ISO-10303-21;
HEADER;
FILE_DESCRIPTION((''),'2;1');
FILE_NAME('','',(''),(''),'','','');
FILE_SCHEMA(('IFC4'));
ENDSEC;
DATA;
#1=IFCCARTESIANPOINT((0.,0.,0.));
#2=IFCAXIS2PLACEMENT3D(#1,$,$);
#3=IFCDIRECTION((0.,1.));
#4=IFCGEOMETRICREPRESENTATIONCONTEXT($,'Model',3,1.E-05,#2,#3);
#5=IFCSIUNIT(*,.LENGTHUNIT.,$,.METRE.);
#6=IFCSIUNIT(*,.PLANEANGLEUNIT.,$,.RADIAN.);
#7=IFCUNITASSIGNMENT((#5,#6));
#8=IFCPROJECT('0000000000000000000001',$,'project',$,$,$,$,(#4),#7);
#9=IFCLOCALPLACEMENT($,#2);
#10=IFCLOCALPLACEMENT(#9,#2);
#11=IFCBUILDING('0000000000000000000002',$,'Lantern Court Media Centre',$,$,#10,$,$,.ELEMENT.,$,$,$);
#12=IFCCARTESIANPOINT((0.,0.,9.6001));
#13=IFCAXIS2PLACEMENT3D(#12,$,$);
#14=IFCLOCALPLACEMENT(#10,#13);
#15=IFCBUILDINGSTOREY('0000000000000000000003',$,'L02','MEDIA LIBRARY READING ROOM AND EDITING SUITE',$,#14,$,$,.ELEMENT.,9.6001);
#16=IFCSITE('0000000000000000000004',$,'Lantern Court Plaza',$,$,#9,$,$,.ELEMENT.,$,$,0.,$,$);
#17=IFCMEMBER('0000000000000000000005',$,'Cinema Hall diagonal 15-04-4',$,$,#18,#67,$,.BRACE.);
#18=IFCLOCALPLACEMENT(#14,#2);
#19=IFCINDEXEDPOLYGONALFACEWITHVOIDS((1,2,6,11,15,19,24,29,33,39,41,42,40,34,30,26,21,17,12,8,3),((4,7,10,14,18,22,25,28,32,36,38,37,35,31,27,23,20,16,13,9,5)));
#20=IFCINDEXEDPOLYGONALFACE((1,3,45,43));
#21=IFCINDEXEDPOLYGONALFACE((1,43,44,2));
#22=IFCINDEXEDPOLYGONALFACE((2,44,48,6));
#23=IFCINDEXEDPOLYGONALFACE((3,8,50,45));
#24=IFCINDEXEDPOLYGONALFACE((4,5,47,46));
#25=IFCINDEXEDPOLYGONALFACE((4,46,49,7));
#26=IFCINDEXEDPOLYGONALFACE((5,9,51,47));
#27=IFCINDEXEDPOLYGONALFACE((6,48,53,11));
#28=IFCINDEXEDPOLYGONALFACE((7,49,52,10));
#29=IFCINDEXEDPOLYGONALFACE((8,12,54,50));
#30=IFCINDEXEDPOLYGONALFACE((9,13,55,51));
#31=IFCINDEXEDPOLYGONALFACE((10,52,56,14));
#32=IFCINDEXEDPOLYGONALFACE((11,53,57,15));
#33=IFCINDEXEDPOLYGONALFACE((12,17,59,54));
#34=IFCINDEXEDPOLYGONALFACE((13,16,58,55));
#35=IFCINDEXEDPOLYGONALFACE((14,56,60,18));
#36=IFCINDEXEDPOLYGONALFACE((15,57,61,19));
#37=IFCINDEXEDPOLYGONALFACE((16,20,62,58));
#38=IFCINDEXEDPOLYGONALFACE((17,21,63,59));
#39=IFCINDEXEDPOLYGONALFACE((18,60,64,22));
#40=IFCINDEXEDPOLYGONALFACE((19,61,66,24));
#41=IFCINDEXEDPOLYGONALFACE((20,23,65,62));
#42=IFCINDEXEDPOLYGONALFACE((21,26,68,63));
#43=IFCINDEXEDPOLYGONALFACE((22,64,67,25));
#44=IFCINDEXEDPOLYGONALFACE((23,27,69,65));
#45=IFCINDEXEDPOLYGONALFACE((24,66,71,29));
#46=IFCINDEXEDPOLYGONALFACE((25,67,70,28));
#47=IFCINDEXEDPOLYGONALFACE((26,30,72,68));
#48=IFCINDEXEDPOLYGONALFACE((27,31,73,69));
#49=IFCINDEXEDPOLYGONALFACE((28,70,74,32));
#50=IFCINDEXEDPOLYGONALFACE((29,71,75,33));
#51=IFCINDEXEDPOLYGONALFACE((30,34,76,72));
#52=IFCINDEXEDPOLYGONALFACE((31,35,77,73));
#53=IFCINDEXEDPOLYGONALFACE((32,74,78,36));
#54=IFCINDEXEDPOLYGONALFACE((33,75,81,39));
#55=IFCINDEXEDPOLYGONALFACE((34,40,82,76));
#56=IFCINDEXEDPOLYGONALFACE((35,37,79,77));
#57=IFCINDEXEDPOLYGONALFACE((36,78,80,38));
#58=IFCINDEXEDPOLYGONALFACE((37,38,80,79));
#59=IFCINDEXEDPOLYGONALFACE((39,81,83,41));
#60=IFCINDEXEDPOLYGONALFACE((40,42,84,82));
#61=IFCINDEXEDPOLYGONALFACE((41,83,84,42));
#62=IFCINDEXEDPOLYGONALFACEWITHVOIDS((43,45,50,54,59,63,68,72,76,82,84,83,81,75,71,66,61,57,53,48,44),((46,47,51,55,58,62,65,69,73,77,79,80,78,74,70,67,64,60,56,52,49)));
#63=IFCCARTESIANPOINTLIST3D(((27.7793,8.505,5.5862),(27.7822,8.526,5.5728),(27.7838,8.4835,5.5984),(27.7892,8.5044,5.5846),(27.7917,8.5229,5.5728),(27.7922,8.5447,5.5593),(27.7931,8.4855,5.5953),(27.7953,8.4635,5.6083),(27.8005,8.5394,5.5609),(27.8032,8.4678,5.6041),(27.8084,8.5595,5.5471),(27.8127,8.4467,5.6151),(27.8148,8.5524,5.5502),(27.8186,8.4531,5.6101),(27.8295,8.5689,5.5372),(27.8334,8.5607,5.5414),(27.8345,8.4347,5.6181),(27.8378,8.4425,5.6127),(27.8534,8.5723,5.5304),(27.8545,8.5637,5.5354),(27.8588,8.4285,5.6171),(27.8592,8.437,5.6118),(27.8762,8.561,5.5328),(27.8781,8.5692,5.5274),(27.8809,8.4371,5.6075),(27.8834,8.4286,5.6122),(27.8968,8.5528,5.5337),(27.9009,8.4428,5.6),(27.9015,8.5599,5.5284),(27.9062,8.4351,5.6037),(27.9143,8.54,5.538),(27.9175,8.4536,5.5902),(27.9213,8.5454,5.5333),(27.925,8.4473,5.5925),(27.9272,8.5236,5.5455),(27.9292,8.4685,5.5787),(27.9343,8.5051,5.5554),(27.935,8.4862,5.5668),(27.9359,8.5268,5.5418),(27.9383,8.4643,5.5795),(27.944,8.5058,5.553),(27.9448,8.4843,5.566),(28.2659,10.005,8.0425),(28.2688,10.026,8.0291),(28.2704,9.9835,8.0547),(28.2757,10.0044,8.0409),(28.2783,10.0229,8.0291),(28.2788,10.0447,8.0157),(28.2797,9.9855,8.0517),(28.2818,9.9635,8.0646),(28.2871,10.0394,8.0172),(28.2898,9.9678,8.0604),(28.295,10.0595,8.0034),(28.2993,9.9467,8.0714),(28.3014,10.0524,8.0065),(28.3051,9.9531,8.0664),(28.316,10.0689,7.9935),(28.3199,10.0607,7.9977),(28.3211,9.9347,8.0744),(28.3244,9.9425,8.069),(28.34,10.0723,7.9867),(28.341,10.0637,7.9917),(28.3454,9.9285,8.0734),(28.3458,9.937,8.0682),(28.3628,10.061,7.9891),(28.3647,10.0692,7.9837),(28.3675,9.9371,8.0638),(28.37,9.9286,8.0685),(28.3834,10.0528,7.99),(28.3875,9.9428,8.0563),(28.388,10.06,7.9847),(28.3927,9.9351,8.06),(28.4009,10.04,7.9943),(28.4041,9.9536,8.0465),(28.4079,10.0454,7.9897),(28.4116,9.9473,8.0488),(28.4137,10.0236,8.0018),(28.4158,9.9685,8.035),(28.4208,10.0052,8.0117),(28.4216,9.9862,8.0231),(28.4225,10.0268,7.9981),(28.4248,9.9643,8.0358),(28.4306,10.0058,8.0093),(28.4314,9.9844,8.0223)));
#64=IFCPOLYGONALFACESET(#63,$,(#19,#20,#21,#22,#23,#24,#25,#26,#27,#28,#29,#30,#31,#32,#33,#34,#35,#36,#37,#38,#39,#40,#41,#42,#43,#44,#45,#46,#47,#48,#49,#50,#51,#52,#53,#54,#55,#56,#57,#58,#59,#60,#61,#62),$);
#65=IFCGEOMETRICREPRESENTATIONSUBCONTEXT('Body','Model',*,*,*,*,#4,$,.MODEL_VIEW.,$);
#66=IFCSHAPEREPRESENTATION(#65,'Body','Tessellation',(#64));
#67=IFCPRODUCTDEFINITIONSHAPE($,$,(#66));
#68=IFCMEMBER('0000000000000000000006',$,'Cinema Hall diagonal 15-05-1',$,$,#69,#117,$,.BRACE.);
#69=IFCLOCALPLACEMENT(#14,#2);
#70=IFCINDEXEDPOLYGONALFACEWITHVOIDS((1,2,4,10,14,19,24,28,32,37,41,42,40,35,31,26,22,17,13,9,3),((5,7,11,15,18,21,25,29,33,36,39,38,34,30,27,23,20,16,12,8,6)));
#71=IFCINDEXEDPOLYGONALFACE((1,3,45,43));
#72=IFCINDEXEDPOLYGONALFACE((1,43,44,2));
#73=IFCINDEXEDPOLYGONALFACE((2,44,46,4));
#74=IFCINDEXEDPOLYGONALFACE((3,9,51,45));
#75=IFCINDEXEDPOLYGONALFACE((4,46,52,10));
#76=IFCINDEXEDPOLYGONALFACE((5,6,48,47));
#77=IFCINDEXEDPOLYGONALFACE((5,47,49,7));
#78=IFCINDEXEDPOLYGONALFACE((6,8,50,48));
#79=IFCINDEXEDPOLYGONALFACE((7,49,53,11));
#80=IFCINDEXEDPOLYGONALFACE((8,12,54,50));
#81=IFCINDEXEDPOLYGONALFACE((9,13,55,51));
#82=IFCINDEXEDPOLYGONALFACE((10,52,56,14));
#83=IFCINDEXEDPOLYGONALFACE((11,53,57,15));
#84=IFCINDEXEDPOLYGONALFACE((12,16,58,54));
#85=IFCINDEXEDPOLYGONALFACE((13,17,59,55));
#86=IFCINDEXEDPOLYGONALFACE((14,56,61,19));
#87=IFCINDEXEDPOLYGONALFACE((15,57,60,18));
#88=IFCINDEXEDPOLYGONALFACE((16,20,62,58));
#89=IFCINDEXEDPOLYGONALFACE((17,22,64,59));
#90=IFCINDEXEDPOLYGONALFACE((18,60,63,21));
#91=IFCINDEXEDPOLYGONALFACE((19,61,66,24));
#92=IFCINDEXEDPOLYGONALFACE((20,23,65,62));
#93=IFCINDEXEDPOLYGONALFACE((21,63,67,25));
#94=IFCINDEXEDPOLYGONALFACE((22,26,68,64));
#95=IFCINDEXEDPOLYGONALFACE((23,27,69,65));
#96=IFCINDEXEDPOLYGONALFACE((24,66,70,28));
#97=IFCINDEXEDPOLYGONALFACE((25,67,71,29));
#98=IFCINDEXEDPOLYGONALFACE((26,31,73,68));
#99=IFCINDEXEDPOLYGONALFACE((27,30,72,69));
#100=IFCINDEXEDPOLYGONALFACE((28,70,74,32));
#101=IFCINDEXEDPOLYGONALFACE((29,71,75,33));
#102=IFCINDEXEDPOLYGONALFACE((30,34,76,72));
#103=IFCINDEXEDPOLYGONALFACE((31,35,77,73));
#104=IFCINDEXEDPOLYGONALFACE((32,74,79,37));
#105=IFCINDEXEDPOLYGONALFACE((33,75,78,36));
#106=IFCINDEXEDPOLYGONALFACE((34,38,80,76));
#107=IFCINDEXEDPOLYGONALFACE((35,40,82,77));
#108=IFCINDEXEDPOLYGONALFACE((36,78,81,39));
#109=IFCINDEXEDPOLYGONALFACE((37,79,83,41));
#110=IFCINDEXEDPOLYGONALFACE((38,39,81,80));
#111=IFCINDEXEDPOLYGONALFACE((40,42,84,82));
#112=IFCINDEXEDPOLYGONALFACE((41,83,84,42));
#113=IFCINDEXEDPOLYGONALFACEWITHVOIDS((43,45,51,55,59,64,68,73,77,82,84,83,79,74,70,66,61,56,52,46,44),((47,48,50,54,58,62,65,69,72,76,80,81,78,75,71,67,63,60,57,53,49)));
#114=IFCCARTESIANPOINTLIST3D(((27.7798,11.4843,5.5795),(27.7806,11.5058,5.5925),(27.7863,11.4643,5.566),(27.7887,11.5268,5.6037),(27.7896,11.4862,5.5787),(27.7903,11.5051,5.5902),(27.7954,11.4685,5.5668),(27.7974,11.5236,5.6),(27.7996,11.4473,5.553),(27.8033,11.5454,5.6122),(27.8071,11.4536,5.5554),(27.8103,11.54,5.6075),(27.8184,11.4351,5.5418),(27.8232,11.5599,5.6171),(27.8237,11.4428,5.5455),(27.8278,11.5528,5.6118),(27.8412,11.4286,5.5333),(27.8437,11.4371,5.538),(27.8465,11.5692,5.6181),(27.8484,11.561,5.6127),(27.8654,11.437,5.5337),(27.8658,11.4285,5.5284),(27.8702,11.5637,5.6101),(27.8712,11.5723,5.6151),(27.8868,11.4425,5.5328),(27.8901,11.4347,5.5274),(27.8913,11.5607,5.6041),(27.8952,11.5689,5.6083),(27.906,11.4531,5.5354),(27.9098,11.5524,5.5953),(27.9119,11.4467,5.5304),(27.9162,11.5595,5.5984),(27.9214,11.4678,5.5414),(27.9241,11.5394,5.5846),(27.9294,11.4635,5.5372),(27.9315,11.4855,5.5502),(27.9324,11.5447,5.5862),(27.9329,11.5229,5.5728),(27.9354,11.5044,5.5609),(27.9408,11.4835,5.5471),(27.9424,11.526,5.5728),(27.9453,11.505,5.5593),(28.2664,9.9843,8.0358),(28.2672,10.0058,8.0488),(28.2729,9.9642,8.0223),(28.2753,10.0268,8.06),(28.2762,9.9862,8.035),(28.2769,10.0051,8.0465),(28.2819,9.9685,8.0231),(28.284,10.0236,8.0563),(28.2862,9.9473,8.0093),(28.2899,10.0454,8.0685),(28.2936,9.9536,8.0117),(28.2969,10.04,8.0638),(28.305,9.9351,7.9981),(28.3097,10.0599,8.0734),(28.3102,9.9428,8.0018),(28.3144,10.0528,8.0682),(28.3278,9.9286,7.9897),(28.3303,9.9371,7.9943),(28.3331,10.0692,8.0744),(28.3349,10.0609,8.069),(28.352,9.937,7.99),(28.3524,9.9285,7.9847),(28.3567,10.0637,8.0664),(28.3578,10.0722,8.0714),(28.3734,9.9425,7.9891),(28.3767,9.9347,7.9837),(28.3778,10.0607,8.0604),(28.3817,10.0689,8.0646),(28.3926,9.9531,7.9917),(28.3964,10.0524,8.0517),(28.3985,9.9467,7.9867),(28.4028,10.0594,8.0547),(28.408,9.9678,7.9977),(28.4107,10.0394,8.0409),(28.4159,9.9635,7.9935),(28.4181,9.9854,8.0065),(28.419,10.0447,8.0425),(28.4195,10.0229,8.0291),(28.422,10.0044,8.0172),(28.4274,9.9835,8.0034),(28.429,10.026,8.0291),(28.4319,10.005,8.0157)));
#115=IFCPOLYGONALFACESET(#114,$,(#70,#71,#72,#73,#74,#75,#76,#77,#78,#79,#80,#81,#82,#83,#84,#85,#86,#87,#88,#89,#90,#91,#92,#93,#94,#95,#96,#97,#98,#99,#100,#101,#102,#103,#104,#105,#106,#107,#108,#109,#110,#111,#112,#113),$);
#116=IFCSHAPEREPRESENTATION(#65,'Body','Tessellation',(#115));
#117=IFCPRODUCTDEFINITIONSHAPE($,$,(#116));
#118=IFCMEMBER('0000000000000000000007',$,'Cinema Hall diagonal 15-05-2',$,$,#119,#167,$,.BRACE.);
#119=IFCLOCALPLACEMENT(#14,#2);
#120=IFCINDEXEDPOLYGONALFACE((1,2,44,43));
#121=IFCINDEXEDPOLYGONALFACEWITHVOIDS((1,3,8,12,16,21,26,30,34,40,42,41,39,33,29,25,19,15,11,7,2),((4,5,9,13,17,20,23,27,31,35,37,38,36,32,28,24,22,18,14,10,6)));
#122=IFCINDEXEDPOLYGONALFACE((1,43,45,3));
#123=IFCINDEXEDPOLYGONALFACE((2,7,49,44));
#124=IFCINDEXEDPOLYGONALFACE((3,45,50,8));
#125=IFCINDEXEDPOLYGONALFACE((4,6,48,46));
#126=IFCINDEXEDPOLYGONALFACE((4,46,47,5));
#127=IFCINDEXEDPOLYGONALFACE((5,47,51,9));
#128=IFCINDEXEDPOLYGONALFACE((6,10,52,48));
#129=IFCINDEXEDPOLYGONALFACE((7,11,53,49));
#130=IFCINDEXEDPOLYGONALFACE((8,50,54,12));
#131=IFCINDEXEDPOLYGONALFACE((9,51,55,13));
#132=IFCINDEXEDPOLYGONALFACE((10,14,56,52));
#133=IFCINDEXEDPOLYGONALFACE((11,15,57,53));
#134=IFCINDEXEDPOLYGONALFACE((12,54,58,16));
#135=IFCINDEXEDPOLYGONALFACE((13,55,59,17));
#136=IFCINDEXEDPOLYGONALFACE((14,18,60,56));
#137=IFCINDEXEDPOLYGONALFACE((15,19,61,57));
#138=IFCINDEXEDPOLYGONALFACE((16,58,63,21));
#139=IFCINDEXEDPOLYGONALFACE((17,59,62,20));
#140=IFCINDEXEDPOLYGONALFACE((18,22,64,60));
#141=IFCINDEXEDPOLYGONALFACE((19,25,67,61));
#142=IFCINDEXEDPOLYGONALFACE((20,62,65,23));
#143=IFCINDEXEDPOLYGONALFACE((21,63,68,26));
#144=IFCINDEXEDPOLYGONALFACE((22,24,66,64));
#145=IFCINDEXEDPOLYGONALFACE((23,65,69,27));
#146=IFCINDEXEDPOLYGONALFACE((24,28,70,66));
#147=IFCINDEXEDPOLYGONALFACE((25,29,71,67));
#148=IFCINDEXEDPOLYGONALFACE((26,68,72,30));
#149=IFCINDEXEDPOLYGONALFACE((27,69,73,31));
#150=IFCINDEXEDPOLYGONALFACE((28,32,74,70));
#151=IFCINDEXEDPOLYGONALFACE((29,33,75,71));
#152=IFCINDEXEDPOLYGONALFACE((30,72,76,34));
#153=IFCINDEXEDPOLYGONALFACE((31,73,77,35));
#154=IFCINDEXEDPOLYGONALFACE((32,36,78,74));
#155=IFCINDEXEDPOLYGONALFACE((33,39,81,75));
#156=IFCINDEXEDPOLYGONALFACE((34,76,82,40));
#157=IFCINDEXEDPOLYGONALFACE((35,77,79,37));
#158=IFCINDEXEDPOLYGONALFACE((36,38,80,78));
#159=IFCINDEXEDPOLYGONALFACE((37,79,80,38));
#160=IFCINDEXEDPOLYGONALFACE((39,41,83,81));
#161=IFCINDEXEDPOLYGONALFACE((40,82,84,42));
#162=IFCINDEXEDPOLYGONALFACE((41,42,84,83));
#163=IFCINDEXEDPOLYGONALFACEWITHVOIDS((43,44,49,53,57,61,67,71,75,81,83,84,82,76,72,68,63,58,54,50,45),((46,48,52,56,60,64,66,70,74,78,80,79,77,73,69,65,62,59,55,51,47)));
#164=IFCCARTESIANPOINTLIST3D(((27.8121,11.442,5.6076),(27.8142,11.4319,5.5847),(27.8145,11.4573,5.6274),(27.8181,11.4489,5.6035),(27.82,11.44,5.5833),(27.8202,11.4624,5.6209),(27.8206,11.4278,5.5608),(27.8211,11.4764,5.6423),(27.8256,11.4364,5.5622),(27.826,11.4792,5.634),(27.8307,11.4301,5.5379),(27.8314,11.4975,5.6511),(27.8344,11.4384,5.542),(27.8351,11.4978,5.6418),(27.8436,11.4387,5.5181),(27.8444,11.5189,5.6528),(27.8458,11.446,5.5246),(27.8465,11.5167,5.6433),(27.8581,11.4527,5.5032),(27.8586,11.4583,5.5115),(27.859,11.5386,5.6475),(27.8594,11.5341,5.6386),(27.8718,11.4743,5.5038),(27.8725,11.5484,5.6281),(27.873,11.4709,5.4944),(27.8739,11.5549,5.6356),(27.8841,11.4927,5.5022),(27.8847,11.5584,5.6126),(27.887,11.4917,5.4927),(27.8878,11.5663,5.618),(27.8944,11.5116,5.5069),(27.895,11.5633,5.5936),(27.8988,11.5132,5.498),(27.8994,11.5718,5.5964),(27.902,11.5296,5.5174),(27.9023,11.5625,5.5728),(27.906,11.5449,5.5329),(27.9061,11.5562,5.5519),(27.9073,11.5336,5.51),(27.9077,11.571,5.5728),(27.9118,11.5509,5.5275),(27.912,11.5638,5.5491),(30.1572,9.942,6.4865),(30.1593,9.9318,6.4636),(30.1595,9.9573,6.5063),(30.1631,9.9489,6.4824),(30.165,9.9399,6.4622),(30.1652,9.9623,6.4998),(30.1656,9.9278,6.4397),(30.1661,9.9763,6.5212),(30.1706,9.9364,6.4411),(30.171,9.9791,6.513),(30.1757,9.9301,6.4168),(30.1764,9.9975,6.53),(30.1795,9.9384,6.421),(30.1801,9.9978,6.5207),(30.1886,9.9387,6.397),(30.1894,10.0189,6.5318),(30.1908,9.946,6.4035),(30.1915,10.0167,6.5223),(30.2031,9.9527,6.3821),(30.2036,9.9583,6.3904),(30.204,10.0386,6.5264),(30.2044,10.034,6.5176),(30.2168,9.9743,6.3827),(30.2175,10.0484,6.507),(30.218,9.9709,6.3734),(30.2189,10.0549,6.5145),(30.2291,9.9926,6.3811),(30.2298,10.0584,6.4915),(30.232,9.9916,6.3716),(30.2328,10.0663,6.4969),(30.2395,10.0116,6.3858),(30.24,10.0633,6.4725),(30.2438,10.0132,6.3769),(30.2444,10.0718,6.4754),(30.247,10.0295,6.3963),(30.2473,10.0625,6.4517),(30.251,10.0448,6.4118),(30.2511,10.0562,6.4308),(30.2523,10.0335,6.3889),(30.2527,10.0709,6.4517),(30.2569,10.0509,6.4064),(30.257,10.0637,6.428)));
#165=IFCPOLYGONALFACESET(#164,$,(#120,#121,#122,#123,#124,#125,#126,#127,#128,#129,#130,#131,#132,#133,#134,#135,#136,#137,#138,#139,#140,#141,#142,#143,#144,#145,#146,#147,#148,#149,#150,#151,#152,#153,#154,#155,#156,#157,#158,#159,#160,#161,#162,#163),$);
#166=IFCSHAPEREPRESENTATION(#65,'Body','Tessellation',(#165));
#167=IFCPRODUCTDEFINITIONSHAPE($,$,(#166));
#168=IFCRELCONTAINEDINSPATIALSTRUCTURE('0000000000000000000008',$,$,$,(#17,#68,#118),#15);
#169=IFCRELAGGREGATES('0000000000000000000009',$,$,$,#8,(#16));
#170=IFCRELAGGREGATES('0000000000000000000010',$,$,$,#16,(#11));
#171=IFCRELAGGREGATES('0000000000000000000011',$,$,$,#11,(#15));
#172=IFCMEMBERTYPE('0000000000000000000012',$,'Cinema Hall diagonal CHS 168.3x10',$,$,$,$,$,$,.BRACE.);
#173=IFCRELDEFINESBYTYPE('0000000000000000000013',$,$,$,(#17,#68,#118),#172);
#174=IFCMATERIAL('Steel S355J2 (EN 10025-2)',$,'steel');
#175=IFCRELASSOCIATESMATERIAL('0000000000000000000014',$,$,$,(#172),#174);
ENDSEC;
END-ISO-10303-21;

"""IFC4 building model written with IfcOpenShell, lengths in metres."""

from ifc_helpers import new_model, si_unit, direction, frame, origin, origin_2d, place, context, subcontext, project, spatial, hollow_circle, extrude, material, material_profile, profile_set, type_object, element, save


model = new_model("IFC4")

# Units and contexts
model_context = context("Model", 3, precision=1e-05, world=origin(), true_north=direction((0.0, 1.0)))
body_context = subcontext(model_context, "Body", "Model", "MODEL_VIEW")
ifc_project = project(units=[si_unit("LENGTHUNIT", "METRE"), si_unit("PLANEANGLEUNIT", "RADIAN")], contexts=[model_context])

# Site, building, storey
site_placement = place(None, origin())
site = spatial("IfcSite", under=ifc_project, at=site_placement, Name="Lantern Court Plaza", CompositionType="ELEMENT", RefElevation=0.0)
building_placement = place(site_placement, origin())
building = spatial("IfcBuilding", under=site, at=building_placement, Name="Lantern Court Media Centre", CompositionType="ELEMENT")
storey_placement = place(building_placement, frame((0.0, 0.0, 9.6001)))
storey = spatial("IfcBuildingStorey", under=building, at=storey_placement, Name="L02", Description="MEDIA LIBRARY READING ROOM AND EDITING SUITE", CompositionType="ELEMENT", Elevation=9.6001)

# Members
ifc_material = material(Name="Steel S355J2 (EN 10025-2)", Category="steel")
ifc_material_profile_1 = material_profile(ifc_material, hollow_circle(Radius=0.0842, WallThickness=0.01, at=origin_2d()), Name="Cinema Hall diagonal CHS 168.3x10")
ifc_profile_set_1 = profile_set([ifc_material_profile_1], Name="Steel S355J2 (EN 10025-2)")
member_type_1 = type_object("IfcMemberType", Name="Cinema Hall diagonal CHS 168.3x10", PredefinedType="BRACE", material=ifc_profile_set_1)
for number, where, z_axis, x_axis, name in (
    (1, (27.8623, 8.5, 5.5728), (0.166695, 0.513887, 0.841506), (-0.951207, 0.308554, 0.0), "Cinema Hall diagonal 15-04-4"),
    (2, (27.8623, 11.5, 5.5728), (0.166695, -0.513887, 0.841506), (0.951207, 0.308554, 0.0), "Cinema Hall diagonal 15-05-1"),
):
    element("IfcMember", number, at=place(storey_placement, frame(where, z_axis=z_axis, x_axis=x_axis)), inside=storey, type_object=member_type_1, Name=name, PredefinedType="BRACE", context=body_context, shape_type="SweptSolid", body=[
        extrude(hollow_circle(Radius=0.0842, WallThickness=0.01, at=origin_2d()), origin(), (0.0, 0.0, 1.0), 2.9189),
    ])
for number, where, z_axis, x_axis, name in (
    (3, (27.8623, 11.5, 5.5728), (0.803309, -0.51385, 0.301084), (0.538855, 0.842399, 0.0), "Cinema Hall diagonal 15-05-2"),
):
    element("IfcMember", number, at=place(storey_placement, frame(where, z_axis=z_axis, x_axis=x_axis)), inside=storey, type_object=member_type_1, Name=name, PredefinedType="BRACE", context=body_context, shape_type="SweptSolid", body=[
        extrude(hollow_circle(Radius=0.0842, WallThickness=0.01, at=origin_2d()), origin(), (0.0, 0.0, 1.0), 2.9192),
    ])

save(model, "model.ifc")
